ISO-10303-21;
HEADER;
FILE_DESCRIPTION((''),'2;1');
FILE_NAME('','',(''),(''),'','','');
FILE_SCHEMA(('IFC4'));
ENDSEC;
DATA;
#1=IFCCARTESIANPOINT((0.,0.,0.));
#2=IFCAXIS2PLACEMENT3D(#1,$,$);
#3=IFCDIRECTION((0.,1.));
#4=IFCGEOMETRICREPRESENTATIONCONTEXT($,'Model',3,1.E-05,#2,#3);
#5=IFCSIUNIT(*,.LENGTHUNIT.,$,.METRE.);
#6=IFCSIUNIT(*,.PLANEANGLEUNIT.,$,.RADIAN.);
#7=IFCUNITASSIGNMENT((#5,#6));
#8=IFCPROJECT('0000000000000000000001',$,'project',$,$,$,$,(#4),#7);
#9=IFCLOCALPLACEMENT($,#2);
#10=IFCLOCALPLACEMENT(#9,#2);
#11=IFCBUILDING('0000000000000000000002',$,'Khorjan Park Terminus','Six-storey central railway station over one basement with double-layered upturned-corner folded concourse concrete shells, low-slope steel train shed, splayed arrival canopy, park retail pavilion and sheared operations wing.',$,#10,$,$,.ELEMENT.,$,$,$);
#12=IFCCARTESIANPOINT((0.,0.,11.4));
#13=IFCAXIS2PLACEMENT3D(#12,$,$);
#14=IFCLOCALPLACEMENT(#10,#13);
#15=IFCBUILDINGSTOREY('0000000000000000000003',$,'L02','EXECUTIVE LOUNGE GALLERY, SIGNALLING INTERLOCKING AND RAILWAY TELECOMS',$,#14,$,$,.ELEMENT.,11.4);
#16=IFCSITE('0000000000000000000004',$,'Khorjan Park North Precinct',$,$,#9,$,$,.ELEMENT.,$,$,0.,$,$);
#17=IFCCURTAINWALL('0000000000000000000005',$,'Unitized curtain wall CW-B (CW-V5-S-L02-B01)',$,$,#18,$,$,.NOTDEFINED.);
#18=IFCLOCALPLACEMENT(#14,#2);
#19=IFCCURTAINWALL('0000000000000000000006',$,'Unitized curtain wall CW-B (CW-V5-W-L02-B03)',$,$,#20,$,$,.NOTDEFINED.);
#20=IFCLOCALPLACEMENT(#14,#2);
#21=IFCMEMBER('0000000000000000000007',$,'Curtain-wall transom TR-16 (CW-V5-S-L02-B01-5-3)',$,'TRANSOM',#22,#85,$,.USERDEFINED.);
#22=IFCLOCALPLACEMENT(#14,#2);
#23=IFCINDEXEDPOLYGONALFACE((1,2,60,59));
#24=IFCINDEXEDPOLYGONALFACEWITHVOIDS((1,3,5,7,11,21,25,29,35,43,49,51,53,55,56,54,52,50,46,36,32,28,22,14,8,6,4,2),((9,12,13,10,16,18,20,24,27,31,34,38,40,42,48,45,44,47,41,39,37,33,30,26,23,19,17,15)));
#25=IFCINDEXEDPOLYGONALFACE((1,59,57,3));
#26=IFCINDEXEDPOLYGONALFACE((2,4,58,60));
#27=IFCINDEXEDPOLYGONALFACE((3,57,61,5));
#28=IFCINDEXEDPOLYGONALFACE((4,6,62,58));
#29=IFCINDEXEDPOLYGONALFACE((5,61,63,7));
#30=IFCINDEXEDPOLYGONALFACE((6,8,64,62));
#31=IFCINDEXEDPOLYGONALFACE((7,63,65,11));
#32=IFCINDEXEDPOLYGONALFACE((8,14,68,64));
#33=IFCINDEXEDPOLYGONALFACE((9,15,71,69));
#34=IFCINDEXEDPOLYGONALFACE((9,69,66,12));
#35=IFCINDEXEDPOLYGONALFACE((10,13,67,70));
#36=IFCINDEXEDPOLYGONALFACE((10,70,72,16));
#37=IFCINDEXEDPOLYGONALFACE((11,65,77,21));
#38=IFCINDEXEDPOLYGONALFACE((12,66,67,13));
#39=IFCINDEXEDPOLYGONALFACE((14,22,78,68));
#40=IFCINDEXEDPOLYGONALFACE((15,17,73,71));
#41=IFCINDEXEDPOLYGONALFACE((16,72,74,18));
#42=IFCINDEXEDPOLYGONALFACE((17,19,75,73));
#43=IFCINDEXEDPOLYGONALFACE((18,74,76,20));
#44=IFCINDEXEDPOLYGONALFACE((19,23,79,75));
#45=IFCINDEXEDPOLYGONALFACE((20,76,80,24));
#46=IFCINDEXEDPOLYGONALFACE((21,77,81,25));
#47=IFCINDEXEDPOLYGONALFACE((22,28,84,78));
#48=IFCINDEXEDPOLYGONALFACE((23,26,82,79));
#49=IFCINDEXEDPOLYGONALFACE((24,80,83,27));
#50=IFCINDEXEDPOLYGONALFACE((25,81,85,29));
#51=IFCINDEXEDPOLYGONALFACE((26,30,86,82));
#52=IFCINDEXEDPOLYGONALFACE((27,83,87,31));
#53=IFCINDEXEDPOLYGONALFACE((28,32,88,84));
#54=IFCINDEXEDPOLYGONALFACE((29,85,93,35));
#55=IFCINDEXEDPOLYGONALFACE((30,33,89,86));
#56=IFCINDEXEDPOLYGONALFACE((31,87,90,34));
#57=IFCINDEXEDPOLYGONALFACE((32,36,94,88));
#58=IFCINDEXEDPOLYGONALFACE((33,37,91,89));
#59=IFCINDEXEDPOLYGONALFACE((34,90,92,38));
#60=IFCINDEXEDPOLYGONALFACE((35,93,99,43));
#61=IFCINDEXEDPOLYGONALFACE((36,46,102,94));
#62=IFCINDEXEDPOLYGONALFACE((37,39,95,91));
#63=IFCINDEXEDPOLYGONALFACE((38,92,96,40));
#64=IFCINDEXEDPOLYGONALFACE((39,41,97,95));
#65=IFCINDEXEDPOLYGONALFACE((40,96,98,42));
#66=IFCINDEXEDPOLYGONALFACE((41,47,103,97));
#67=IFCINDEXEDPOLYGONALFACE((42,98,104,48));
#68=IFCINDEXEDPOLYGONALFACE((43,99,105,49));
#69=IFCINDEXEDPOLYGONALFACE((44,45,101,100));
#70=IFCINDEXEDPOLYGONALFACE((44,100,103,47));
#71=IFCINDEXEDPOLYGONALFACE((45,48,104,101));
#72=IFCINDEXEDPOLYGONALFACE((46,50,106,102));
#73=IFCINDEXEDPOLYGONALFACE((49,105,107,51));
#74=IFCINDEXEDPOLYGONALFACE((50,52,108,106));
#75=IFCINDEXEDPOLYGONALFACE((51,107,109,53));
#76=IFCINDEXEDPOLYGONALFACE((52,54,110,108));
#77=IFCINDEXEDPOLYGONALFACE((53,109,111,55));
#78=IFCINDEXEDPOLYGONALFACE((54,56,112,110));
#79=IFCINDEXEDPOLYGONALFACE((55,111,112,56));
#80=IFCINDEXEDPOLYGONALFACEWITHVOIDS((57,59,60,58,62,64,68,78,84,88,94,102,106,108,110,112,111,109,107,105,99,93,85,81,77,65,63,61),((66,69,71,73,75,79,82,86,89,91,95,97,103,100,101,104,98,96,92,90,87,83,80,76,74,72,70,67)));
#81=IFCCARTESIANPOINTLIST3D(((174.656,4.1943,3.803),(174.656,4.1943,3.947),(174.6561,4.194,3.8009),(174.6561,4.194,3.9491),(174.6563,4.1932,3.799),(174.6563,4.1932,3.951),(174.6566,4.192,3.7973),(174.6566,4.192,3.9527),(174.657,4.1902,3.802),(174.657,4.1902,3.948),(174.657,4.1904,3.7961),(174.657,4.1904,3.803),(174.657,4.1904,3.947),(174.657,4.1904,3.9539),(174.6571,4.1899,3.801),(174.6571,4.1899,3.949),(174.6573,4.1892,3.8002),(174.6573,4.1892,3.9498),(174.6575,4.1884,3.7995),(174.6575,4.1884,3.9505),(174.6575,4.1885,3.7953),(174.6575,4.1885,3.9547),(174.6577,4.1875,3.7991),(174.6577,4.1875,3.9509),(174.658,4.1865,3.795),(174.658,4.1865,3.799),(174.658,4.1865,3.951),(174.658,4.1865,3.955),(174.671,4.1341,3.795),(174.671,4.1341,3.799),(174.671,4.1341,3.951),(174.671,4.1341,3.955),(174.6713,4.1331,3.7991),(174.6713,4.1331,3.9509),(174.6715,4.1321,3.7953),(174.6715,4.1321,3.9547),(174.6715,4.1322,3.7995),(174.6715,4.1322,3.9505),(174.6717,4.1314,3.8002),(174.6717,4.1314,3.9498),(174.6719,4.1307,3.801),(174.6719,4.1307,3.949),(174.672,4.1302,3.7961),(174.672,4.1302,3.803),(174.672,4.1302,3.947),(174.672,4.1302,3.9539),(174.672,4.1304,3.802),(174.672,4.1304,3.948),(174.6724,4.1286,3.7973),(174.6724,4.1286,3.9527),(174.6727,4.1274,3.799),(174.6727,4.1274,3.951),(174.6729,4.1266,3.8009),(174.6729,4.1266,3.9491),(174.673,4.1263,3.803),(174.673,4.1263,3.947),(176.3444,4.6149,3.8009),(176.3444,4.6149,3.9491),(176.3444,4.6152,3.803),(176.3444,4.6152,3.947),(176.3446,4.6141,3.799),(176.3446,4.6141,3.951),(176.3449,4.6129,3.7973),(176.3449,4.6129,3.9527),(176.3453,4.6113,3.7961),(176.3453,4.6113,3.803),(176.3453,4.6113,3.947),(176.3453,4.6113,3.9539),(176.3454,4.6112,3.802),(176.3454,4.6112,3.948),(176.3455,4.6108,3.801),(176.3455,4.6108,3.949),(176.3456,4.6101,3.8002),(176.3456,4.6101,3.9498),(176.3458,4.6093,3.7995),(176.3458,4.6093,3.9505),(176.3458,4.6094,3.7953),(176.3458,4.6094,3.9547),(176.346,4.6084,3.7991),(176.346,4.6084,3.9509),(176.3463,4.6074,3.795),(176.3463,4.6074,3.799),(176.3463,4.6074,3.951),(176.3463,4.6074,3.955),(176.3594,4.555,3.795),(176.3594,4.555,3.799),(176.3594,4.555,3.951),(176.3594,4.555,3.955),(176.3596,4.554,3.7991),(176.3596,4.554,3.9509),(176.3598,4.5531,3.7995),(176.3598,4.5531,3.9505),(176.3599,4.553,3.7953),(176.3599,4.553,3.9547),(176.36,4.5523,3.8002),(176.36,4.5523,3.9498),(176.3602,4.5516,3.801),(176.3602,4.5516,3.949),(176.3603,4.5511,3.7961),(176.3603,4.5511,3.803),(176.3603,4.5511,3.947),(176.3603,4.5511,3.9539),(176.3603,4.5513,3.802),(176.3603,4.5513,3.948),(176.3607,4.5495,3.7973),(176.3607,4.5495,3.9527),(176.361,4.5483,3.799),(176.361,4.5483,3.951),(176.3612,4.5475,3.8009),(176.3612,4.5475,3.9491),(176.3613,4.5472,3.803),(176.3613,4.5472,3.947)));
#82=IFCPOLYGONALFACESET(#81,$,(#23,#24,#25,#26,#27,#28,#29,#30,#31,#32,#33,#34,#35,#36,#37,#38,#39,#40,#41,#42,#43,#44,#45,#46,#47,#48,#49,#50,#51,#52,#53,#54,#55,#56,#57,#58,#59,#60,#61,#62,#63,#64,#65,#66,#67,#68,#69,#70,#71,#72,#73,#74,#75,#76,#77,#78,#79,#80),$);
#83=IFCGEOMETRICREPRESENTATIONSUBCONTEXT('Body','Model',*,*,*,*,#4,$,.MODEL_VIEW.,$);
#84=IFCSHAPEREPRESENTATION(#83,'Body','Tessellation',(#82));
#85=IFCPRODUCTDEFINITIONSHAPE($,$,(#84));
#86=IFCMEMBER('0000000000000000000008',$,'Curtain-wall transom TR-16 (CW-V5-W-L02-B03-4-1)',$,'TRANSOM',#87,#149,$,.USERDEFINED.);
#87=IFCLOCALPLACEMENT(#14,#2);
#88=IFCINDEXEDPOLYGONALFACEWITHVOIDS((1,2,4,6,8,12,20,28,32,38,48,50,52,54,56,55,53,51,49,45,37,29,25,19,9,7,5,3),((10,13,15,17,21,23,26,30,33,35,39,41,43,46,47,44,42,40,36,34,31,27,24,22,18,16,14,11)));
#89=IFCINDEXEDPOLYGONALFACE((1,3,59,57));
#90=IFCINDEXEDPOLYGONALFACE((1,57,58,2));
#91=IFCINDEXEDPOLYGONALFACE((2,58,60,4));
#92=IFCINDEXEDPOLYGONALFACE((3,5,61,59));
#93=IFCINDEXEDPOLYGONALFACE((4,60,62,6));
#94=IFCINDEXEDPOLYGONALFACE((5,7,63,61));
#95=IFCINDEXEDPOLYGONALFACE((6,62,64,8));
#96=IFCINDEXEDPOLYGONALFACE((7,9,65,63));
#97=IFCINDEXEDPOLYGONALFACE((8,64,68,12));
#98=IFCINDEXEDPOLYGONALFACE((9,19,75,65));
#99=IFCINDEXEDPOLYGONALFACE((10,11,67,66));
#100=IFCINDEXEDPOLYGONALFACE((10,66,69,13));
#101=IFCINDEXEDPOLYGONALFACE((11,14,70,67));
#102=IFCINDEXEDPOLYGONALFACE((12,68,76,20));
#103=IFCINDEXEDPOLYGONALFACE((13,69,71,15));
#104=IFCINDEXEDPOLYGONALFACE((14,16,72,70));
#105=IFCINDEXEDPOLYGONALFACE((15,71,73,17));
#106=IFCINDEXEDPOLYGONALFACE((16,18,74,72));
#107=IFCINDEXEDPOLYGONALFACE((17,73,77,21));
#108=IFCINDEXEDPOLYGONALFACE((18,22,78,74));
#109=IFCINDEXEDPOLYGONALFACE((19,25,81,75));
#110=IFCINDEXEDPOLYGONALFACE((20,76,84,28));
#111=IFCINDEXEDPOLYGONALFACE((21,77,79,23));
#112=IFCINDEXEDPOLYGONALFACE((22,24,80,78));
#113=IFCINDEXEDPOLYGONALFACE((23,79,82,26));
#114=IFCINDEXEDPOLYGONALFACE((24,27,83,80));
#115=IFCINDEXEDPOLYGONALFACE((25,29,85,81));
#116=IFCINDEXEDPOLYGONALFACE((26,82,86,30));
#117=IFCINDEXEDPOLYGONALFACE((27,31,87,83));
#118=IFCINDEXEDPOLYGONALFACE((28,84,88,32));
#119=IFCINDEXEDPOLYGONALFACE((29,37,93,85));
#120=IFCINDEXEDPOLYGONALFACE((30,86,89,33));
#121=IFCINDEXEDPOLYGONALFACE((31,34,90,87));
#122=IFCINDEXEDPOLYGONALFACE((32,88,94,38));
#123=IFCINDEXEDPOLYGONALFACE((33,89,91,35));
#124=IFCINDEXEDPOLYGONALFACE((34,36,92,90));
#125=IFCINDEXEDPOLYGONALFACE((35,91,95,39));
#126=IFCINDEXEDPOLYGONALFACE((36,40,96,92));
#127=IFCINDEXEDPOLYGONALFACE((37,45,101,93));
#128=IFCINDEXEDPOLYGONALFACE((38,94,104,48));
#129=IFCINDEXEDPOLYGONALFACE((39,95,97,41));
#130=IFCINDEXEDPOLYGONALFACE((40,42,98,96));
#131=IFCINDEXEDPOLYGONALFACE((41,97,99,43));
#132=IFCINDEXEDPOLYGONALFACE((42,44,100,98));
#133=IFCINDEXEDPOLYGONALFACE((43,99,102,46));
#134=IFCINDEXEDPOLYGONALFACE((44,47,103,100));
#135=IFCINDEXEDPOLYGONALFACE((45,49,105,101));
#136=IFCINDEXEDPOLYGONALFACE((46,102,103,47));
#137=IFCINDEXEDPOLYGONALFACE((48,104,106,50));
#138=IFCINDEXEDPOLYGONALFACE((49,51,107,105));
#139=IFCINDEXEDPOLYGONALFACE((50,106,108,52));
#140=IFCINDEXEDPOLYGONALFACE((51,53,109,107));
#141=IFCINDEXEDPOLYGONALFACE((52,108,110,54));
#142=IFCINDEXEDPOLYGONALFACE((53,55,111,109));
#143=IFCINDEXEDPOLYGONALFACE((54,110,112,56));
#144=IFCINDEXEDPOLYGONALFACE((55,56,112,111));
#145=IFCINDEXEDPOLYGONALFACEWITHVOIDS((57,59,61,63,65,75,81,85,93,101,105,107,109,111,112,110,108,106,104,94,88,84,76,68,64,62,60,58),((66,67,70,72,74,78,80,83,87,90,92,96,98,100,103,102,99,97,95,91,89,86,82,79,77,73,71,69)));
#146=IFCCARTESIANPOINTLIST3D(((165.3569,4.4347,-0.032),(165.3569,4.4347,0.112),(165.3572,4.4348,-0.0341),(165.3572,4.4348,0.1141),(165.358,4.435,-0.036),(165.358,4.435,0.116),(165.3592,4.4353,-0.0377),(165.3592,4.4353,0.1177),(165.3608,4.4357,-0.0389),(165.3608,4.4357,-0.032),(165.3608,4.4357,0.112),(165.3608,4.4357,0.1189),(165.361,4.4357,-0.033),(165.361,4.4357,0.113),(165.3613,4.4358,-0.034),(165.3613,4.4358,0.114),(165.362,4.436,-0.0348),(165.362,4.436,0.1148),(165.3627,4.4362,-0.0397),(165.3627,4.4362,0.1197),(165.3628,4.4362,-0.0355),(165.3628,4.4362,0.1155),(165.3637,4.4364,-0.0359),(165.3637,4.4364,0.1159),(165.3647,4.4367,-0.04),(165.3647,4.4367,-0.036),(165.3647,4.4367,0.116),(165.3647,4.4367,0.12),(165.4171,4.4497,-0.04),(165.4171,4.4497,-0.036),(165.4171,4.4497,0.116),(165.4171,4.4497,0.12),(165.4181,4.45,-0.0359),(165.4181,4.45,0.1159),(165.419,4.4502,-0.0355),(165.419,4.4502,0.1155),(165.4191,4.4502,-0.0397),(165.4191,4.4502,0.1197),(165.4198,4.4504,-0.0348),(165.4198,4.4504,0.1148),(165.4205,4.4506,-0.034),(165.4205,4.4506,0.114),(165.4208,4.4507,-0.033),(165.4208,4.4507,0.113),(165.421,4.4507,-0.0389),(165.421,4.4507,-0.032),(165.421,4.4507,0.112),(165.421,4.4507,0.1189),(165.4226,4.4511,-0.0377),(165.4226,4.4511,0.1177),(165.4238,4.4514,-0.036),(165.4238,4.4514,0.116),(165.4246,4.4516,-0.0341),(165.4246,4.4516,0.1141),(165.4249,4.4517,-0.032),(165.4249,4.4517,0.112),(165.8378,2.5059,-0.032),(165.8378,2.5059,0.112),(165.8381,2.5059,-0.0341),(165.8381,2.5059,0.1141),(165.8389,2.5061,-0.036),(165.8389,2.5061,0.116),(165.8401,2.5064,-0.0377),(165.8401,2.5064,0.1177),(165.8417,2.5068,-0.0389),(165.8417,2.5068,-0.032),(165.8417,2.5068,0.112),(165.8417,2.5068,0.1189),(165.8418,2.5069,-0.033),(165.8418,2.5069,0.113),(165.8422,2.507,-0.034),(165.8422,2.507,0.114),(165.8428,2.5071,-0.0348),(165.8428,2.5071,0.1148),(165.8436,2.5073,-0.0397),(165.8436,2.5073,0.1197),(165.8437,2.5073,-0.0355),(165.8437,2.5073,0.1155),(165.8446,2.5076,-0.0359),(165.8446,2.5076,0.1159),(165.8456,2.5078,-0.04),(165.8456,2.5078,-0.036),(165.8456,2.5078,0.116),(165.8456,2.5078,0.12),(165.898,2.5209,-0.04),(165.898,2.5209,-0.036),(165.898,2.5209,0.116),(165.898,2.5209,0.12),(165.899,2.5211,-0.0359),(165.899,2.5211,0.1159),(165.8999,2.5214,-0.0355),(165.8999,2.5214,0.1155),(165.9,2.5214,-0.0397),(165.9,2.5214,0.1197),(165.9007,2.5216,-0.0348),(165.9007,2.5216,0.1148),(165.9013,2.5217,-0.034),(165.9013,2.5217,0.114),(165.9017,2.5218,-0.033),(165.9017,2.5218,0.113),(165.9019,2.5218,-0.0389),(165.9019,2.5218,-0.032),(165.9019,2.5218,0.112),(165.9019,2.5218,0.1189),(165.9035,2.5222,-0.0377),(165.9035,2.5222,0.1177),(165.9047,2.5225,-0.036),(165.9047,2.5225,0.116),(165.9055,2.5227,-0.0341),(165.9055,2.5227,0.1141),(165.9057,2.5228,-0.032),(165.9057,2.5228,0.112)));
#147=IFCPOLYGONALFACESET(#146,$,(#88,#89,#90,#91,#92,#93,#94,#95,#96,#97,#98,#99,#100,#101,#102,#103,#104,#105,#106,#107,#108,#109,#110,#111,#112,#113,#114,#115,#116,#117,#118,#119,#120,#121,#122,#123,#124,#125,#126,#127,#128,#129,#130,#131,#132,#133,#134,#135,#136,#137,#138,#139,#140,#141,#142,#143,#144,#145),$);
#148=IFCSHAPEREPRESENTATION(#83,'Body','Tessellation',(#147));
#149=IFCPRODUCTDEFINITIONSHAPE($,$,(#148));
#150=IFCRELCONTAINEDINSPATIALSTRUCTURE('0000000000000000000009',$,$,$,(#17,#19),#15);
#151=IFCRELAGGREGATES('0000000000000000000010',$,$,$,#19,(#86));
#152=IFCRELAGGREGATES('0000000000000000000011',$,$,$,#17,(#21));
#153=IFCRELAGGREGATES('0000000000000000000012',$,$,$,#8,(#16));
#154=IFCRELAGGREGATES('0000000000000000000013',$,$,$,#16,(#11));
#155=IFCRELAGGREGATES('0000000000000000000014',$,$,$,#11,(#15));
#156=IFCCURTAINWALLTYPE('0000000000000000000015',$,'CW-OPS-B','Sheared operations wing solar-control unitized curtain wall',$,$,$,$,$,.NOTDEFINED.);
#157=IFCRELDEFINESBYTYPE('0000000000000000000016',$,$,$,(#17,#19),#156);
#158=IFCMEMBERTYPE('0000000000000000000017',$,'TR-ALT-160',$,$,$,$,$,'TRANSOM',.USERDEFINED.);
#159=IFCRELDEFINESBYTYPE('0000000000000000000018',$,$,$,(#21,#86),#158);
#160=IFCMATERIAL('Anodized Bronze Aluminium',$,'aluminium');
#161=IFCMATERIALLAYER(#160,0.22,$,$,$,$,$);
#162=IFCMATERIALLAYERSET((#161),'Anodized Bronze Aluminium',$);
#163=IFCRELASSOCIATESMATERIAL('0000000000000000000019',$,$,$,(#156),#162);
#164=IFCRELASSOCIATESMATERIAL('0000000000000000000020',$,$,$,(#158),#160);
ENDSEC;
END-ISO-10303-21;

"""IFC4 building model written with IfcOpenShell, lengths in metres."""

from ifc_helpers import new_model, si_unit, direction, frame, origin, origin_2d, place, context, subcontext, project, spatial, hollow_rectangle, extrude, material, layer, layer_set, material_profile, profile_set, type_object, element, aggregate, save


model = new_model("IFC4")

# Units and contexts
model_context = context("Model", 3, precision=1e-05, world=origin(), true_north=direction((0.0, 1.0)))
body_context = subcontext(model_context, "Body", "Model", "MODEL_VIEW")
ifc_project = project(units=[si_unit("LENGTHUNIT", "METRE"), si_unit("PLANEANGLEUNIT", "RADIAN")], contexts=[model_context])

# Site, building, storey
site_placement = place(None, origin())
site = spatial("IfcSite", under=ifc_project, at=site_placement, Name="Khorjan Park North Precinct", CompositionType="ELEMENT", RefElevation=0.0)
building_placement = place(site_placement, origin())
building = spatial("IfcBuilding", under=site, at=building_placement, Name="Khorjan Park Terminus", Description="Six-storey central railway station over one basement with double-layered upturned-corner folded concourse concrete shells, low-slope steel train shed, splayed arrival canopy, park retail pavilion and sheared operations wing.", CompositionType="ELEMENT")
storey_placement = place(building_placement, frame((0.0, 0.0, 11.4)))
storey = spatial("IfcBuildingStorey", under=building, at=storey_placement, Name="L02", Description="EXECUTIVE LOUNGE GALLERY, SIGNALLING INTERLOCKING AND RAILWAY TELECOMS", CompositionType="ELEMENT", Elevation=11.4)

# Curtain wall
ifc_material_1 = material(Name="Anodized Bronze Aluminium", Category="aluminium")
ifc_layer_1 = layer(ifc_material_1, 0.22)
ifc_layer_set_1 = layer_set([ifc_layer_1], Name="Anodized Bronze Aluminium")
curtain_wall_type = type_object("IfcCurtainWallType", Name="CW-OPS-B", Description="Sheared operations wing solar-control unitized curtain wall", PredefinedType="NOTDEFINED", material=ifc_layer_set_1)
curtain_wall_1_placement = place(storey_placement, origin())
curtain_wall_1 = element("IfcCurtainWall", 1, at=curtain_wall_1_placement, inside=storey, type_object=curtain_wall_type, Name="Unitized curtain wall CW-B (CW-V5-S-L02-B01)", PredefinedType="NOTDEFINED")

# Curtain wall
curtain_wall_2_placement = place(storey_placement, origin())
curtain_wall_2 = element("IfcCurtainWall", 2, at=curtain_wall_2_placement, inside=storey, type_object=curtain_wall_type, Name="Unitized curtain wall CW-B (CW-V5-W-L02-B03)", PredefinedType="NOTDEFINED")

# Members
ifc_material_profile_1 = material_profile(ifc_material_1, hollow_rectangle(XDim=0.07, YDim=0.16, WallThickness=0.004, InnerFilletRadius=0.004, OuterFilletRadius=0.008, at=origin_2d()), Name="ALT 70x160x4")
ifc_profile_set_1 = profile_set([ifc_material_profile_1], Name="Anodized Bronze Aluminium")
member_type_1 = type_object("IfcMemberType", Name="TR-ALT-160", ElementType="TRANSOM", PredefinedType="USERDEFINED", material=ifc_profile_set_1)
member_1_placement = place(storey_placement, frame((174.6645, 4.1603, 3.875), z_axis=(0.970301, 0.2419, 0.0), x_axis=(-0.2419, 0.970301, 0.0)))
member_1 = element("IfcMember", 3, at=member_1_placement, type_object=member_type_1, Name="Curtain-wall transom TR-16 (CW-V5-S-L02-B01-5-3)", ObjectType="TRANSOM", PredefinedType="USERDEFINED", context=body_context, shape_type="SweptSolid", body=[
    extrude(hollow_rectangle(XDim=0.07, YDim=0.16, WallThickness=0.004, InnerFilletRadius=0.004, OuterFilletRadius=0.008, at=origin_2d()), origin(), (0.0, 0.0, 1.0), 1.74),
])
member_2_placement = place(storey_placement, frame((165.3909, 4.4432, 0.04), z_axis=(0.241908, -0.970299, 0.0), x_axis=(0.970299, 0.241908, 0.0)))
member_2 = element("IfcMember", 4, at=member_2_placement, type_object=member_type_1, Name="Curtain-wall transom TR-16 (CW-V5-W-L02-B03-4-1)", ObjectType="TRANSOM", PredefinedType="USERDEFINED", context=body_context, shape_type="SweptSolid", body=[
    extrude(hollow_rectangle(XDim=0.07, YDim=0.16, WallThickness=0.004, InnerFilletRadius=0.004, OuterFilletRadius=0.008, at=origin_2d()), origin(), (0.0, 0.0, 1.0), 1.9879),
])
aggregate(curtain_wall_2, [member_2])

aggregate(curtain_wall_1, [member_1])

save(model, "model.ifc")
